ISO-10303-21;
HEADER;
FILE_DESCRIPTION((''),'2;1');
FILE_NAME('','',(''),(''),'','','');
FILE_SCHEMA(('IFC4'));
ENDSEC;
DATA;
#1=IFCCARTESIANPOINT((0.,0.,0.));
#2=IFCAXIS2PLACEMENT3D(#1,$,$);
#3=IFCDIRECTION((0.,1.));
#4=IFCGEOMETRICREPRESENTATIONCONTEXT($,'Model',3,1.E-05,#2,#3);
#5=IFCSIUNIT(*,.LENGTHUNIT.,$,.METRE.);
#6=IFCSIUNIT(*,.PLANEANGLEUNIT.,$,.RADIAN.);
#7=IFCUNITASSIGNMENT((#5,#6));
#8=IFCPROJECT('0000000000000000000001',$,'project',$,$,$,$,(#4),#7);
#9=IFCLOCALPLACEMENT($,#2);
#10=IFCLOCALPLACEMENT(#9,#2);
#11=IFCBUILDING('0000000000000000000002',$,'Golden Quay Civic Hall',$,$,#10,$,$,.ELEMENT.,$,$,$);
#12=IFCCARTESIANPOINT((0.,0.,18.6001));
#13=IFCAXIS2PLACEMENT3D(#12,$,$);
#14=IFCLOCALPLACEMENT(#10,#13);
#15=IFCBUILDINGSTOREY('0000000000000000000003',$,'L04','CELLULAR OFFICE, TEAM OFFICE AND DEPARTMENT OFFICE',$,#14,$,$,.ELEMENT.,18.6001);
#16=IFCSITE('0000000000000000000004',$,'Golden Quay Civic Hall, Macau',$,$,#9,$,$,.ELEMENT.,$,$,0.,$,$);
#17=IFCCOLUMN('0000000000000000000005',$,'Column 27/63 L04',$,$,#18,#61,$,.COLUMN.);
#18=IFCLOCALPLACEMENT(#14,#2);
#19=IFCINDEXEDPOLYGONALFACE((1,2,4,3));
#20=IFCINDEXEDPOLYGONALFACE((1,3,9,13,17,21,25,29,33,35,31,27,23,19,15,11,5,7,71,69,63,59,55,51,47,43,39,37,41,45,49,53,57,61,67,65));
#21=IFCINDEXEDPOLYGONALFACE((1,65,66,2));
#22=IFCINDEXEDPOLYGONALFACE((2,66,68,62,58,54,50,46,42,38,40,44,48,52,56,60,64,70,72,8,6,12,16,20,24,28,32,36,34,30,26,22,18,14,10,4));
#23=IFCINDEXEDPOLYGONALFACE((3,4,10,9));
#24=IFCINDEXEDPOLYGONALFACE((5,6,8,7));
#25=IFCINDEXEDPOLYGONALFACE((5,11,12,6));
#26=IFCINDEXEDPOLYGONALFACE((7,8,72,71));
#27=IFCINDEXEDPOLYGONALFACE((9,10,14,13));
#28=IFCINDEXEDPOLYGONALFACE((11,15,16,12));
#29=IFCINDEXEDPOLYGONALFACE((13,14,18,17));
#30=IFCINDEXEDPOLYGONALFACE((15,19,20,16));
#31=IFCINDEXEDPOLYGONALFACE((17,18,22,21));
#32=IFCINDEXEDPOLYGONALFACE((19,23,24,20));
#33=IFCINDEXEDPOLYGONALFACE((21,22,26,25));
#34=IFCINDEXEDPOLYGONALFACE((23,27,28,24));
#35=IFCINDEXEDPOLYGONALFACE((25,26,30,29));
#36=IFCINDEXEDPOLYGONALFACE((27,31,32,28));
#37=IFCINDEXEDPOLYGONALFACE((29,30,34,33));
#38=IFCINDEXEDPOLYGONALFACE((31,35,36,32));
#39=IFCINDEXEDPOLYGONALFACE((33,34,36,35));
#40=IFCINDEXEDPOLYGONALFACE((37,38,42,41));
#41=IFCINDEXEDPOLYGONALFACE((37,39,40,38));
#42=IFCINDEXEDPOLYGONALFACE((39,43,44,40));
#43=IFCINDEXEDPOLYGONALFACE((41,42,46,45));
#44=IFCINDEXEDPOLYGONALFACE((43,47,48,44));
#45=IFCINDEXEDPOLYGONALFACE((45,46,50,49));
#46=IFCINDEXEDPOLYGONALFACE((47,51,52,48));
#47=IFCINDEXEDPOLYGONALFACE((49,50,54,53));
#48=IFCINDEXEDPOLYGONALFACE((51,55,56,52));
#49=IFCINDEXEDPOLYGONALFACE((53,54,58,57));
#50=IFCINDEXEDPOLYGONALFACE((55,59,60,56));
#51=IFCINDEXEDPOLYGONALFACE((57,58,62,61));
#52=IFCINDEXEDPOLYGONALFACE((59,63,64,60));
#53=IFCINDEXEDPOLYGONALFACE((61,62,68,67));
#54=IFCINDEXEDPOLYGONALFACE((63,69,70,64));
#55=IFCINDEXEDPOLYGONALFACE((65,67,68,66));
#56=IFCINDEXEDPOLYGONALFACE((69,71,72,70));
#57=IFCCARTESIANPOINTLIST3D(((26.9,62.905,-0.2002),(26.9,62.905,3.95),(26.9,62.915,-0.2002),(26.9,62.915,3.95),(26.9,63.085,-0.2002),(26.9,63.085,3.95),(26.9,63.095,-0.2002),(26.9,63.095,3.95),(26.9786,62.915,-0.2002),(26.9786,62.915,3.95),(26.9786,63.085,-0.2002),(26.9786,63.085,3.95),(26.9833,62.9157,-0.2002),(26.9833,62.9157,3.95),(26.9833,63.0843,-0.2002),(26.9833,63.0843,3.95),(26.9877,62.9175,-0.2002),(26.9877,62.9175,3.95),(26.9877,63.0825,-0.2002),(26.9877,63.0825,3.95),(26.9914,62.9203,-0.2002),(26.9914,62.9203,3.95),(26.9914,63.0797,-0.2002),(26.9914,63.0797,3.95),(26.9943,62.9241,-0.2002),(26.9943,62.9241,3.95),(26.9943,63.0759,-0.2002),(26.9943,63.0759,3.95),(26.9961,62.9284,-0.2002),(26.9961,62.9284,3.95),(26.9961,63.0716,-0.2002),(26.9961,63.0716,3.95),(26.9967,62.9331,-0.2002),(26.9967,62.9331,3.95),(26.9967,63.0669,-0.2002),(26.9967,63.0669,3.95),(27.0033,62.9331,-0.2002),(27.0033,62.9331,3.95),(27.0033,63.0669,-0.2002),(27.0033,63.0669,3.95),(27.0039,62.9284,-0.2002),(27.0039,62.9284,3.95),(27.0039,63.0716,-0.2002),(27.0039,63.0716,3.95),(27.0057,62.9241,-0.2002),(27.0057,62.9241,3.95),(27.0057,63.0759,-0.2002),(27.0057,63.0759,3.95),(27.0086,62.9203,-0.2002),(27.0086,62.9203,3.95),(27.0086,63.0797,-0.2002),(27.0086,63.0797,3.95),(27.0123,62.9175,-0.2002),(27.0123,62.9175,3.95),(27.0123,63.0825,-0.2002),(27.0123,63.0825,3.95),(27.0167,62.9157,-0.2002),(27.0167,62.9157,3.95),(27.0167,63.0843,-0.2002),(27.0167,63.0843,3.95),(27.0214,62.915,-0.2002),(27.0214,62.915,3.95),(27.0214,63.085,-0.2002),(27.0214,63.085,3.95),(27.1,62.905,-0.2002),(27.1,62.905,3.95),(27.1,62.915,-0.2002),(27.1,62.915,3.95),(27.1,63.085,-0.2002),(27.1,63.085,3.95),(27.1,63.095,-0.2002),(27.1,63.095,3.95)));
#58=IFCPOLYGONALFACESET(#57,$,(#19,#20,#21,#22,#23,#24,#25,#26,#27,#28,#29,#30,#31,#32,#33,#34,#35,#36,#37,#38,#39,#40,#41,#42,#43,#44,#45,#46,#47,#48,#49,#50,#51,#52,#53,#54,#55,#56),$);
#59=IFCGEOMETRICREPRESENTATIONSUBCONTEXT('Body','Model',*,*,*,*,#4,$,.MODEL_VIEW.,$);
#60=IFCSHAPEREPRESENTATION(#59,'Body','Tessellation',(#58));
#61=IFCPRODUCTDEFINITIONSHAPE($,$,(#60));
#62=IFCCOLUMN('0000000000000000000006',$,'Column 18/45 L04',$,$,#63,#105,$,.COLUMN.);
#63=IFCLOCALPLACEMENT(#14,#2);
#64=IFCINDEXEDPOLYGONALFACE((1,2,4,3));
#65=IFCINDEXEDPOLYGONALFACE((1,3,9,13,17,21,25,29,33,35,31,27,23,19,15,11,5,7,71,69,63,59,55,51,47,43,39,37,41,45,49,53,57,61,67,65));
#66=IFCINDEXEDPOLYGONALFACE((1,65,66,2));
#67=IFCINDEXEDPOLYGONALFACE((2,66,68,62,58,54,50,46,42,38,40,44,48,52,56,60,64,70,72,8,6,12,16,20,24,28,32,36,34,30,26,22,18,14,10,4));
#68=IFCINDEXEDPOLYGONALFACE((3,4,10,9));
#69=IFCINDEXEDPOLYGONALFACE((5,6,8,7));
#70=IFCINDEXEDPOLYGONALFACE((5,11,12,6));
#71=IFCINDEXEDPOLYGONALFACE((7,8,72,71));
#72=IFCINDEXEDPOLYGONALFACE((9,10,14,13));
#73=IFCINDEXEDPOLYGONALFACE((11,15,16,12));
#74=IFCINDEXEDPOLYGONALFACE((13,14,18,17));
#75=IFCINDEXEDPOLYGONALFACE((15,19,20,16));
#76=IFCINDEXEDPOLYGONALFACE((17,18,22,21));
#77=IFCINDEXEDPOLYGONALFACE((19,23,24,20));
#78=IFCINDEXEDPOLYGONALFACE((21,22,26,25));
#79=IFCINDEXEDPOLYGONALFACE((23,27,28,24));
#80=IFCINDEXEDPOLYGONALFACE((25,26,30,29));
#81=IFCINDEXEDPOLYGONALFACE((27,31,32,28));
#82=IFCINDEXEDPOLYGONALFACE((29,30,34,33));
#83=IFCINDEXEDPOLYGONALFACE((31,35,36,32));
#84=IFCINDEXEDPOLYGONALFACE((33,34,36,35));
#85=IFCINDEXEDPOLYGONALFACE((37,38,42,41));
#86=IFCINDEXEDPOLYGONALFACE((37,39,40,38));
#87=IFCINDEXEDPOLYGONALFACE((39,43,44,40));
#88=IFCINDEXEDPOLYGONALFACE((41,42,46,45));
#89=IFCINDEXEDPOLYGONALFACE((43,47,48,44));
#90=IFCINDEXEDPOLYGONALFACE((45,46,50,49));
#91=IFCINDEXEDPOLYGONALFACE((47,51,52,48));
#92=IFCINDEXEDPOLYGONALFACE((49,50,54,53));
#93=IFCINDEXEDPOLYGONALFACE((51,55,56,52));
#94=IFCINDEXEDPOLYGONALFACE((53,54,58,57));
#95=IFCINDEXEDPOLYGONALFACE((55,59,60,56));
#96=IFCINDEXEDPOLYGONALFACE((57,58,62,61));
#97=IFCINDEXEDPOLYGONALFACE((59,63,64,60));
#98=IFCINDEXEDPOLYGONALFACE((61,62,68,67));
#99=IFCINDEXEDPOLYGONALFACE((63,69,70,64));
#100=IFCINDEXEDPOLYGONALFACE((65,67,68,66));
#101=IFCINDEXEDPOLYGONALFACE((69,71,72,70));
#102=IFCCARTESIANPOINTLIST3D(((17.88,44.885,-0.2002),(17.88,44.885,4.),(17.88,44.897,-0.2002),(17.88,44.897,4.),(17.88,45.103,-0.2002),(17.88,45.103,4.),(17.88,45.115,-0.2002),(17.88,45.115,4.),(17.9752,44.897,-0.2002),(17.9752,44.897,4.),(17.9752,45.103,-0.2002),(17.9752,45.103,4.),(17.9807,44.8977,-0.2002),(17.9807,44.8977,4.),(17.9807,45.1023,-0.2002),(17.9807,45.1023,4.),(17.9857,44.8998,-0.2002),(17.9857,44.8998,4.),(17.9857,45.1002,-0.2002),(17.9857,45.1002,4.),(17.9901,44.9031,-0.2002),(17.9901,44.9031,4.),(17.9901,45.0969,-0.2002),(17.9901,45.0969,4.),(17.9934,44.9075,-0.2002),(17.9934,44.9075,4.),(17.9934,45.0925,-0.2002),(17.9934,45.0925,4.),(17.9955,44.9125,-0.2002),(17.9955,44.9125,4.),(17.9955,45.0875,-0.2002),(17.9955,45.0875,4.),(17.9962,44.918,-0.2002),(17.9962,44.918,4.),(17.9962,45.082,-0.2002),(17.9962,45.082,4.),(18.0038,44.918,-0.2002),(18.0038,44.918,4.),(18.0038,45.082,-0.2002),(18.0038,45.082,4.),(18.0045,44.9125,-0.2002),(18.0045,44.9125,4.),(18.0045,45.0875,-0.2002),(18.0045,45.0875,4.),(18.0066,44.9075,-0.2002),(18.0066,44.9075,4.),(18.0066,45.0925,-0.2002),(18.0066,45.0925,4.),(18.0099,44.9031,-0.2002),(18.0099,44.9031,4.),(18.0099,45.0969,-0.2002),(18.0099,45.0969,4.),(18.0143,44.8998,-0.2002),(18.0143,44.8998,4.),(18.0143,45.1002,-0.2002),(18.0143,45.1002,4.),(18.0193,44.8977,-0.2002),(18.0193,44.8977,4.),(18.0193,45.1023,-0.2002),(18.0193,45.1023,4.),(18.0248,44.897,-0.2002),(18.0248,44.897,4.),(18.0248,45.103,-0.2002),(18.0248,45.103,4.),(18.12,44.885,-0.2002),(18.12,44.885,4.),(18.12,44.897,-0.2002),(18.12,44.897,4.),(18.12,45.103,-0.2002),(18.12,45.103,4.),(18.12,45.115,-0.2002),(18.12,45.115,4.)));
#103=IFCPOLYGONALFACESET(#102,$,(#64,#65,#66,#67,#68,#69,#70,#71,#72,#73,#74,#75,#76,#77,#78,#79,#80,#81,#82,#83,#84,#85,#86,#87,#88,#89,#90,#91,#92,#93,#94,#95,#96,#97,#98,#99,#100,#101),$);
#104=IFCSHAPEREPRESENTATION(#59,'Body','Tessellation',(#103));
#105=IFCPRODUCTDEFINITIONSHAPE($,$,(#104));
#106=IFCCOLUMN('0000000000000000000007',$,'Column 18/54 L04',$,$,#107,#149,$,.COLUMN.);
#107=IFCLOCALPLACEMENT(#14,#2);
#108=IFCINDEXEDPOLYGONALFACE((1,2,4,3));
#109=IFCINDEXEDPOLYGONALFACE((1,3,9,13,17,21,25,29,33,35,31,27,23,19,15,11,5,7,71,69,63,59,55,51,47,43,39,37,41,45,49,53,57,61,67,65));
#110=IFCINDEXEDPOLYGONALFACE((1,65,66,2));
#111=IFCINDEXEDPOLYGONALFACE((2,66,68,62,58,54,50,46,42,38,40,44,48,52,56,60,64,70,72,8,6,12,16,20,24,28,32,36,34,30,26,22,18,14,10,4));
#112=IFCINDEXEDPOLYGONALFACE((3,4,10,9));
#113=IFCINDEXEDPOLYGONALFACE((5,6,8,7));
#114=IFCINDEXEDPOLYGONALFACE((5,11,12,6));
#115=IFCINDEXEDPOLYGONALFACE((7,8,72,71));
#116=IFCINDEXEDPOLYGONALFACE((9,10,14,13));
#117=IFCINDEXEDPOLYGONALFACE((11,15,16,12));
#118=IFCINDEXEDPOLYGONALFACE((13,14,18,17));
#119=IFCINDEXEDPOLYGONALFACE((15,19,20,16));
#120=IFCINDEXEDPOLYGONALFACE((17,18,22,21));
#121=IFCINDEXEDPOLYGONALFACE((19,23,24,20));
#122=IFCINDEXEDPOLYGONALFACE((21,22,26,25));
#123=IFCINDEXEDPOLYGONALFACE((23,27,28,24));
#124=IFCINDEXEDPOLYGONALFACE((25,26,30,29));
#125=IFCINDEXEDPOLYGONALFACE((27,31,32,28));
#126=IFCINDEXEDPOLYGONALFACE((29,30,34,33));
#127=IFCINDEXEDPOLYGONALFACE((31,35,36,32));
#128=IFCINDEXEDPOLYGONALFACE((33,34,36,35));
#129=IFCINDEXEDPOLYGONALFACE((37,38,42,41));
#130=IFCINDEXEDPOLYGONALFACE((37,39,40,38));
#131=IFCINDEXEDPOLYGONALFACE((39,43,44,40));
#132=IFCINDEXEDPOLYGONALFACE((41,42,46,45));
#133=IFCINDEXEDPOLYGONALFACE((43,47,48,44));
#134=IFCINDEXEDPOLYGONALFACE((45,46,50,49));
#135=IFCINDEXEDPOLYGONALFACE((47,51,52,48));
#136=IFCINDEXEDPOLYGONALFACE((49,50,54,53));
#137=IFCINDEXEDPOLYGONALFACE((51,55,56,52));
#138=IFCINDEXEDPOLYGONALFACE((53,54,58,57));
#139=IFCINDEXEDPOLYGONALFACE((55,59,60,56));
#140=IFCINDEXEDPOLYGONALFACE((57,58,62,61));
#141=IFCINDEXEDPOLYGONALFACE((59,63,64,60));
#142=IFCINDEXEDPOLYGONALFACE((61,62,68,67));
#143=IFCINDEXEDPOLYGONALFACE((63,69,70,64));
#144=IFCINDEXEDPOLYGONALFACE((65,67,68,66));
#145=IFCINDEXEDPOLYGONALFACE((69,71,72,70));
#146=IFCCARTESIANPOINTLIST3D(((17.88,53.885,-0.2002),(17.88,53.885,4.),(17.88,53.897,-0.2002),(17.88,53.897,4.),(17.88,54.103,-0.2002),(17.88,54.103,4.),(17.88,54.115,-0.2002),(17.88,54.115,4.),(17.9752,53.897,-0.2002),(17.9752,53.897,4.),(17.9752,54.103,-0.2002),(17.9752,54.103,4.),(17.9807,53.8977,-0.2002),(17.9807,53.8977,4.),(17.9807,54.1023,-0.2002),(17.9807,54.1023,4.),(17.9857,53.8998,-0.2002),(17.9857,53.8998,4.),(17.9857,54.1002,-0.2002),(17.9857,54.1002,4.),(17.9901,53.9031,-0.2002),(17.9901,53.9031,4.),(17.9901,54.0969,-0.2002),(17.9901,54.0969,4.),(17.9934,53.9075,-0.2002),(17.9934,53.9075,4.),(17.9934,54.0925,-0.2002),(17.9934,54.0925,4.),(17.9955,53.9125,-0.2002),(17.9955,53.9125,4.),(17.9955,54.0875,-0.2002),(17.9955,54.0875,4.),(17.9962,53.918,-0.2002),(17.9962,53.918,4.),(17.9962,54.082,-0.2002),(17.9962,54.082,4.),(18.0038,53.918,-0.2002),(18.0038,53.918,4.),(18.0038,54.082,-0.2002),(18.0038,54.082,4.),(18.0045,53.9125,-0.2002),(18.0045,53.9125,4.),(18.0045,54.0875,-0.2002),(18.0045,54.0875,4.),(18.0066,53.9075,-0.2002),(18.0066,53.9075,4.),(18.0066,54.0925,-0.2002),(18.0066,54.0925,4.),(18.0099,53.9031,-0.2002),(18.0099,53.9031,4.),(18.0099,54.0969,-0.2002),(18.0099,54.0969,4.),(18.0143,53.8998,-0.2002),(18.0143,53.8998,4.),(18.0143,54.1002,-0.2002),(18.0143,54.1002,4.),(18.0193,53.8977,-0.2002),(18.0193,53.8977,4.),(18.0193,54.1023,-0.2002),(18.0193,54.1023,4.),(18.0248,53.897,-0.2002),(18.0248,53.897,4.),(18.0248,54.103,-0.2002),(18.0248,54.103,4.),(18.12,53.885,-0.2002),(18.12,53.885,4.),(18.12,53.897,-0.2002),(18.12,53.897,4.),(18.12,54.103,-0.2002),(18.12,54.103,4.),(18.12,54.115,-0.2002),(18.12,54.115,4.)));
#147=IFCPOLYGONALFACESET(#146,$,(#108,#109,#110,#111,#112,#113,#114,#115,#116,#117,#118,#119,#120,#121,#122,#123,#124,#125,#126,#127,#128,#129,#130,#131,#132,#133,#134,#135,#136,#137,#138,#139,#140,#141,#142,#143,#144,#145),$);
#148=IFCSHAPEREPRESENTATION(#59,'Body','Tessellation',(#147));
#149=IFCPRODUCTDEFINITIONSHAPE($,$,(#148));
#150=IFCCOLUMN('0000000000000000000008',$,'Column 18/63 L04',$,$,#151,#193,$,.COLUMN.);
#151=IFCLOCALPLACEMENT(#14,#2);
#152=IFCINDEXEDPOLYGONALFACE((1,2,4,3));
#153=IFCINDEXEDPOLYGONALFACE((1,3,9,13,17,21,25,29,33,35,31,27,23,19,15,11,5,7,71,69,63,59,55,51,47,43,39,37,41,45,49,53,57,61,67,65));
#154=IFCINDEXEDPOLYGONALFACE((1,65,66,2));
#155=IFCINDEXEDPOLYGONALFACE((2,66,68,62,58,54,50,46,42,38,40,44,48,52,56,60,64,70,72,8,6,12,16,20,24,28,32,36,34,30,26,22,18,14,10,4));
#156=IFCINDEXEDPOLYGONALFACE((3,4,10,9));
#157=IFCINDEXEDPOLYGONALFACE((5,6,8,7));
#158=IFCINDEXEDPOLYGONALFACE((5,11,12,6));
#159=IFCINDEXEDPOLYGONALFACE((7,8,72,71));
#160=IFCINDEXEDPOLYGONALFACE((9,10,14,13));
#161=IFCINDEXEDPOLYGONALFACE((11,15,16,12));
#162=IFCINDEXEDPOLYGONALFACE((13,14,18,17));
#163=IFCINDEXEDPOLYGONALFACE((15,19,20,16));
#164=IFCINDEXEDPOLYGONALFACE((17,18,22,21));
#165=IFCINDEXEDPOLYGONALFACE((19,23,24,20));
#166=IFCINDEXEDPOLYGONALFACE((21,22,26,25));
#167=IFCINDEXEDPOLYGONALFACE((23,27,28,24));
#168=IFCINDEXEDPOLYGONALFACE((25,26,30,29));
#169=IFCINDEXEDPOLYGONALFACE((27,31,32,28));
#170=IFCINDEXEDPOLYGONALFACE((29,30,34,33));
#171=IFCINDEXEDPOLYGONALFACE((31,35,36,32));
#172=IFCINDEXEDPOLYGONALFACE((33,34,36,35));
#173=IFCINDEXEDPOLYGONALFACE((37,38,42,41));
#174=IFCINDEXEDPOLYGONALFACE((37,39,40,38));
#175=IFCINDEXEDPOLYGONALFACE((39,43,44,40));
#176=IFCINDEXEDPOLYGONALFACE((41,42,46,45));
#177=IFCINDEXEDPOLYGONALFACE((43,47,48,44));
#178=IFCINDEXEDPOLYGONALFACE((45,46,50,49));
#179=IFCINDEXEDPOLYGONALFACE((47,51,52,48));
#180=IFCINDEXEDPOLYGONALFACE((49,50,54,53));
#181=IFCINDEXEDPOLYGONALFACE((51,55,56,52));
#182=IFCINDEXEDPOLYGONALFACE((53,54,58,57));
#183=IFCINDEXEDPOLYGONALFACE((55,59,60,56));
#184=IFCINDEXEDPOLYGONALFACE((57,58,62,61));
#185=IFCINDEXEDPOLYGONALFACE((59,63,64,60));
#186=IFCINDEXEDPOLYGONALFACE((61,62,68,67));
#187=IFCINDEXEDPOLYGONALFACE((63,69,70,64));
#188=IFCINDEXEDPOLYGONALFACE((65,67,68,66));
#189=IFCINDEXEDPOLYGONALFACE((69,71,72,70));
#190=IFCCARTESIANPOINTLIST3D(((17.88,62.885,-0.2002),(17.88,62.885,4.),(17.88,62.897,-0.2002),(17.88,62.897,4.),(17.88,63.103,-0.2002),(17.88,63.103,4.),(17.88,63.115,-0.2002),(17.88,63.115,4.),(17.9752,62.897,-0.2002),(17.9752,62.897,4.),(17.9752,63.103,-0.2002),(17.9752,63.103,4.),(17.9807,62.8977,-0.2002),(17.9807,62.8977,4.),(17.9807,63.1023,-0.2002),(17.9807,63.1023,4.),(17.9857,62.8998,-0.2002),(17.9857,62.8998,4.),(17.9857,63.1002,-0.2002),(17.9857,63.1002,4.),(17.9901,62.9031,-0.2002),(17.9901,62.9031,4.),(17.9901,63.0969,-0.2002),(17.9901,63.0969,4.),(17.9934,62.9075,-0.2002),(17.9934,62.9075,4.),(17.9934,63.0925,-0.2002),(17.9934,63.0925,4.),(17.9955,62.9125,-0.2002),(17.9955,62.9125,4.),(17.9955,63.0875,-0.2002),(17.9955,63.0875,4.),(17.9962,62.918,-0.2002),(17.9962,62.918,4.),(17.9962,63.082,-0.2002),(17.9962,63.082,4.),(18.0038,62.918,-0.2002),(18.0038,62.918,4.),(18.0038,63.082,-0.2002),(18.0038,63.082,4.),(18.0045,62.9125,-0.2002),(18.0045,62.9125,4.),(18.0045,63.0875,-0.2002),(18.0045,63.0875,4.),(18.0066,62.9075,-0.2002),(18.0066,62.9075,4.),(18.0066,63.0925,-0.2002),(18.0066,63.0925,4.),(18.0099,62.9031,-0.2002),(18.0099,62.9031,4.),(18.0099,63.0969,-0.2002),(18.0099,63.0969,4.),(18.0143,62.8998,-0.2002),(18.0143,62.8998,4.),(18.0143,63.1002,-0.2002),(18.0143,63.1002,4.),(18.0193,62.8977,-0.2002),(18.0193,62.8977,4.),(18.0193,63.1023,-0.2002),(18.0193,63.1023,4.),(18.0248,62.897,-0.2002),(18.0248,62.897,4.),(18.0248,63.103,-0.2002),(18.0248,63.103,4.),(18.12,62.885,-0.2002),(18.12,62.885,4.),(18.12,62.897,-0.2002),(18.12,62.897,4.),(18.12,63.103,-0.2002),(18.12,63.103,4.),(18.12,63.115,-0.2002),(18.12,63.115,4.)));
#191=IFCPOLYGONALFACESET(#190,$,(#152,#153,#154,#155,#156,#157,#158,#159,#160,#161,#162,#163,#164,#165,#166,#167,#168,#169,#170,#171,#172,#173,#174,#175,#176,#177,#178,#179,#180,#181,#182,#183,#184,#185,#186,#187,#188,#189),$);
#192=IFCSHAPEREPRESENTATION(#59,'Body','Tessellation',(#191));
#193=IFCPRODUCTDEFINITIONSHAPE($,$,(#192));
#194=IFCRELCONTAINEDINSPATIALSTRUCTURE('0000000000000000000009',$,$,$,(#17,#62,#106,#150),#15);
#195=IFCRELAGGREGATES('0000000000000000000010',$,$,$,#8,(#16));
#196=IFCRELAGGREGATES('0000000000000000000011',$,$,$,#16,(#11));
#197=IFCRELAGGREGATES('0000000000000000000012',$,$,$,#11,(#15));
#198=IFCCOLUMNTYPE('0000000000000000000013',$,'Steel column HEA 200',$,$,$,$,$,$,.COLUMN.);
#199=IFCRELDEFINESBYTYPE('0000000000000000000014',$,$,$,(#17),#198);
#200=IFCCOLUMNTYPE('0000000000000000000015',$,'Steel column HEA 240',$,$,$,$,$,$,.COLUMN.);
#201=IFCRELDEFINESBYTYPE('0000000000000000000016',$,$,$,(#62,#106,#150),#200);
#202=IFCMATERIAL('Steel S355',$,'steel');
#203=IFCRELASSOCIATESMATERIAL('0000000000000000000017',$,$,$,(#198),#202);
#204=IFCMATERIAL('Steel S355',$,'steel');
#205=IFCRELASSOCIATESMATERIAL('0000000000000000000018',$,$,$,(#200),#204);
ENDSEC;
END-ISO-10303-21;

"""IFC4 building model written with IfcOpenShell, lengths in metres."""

from ifc_helpers import new_model, si_unit, direction, frame, origin, origin_2d, place, context, subcontext, project, spatial, i_section, extrude, material, material_profile, profile_set, type_object, element, save


model = new_model("IFC4")

# Units and contexts
model_context = context("Model", 3, precision=1e-05, world=origin(), true_north=direction((0.0, 1.0)))
body_context = subcontext(model_context, "Body", "Model", "MODEL_VIEW")
ifc_project = project(units=[si_unit("LENGTHUNIT", "METRE"), si_unit("PLANEANGLEUNIT", "RADIAN")], contexts=[model_context])

# Site, building, storey
site_placement = place(None, origin())
site = spatial("IfcSite", under=ifc_project, at=site_placement, Name="Golden Quay Civic Hall, Macau", CompositionType="ELEMENT", RefElevation=0.0)
building_placement = place(site_placement, origin())
building = spatial("IfcBuilding", under=site, at=building_placement, Name="Golden Quay Civic Hall", CompositionType="ELEMENT")
storey_placement = place(building_placement, frame((0.0, 0.0, 18.6001)))
storey = spatial("IfcBuildingStorey", under=building, at=storey_placement, Name="L04", Description="CELLULAR OFFICE, TEAM OFFICE AND DEPARTMENT OFFICE", CompositionType="ELEMENT", Elevation=18.6001)

# Columns
ifc_material_1 = material(Name="Steel S355", Category="steel")
ifc_material_profile_1 = material_profile(ifc_material_1, i_section(OverallWidth=0.2, OverallDepth=0.1899, WebThickness=0.0066, FlangeThickness=0.01, FilletRadius=0.0181, at=origin_2d()), Name="HEA 200")
ifc_profile_set_1 = profile_set([ifc_material_profile_1], Name="Steel S355")
column_type_1 = type_object("IfcColumnType", Name="Steel column HEA 200", PredefinedType="COLUMN", material=ifc_profile_set_1)
column_placement = place(storey_placement, frame((27.0, 63.0, -0.2002), z_axis=(0.0, 0.0, 1.0), x_axis=(1.0, 0.0, 0.0)))
element("IfcColumn", 1, at=column_placement, inside=storey, type_object=column_type_1, Name="Column 27/63 L04", PredefinedType="COLUMN", context=body_context, shape_type="SweptSolid", body=[
    extrude(i_section(OverallWidth=0.2, OverallDepth=0.1899, WebThickness=0.0066, FlangeThickness=0.01, FilletRadius=0.0181, at=origin_2d()), origin(), (0.0, 0.0, 1.0), 4.1501),
])
ifc_material_2 = material(Name="Steel S355", Category="steel")
ifc_material_profile_2 = material_profile(ifc_material_2, i_section(OverallWidth=0.24, OverallDepth=0.23, WebThickness=0.0076, FlangeThickness=0.012, FilletRadius=0.021, at=origin_2d()), Name="HEA 240")
ifc_profile_set_2 = profile_set([ifc_material_profile_2], Name="Steel S355")
column_type_2 = type_object("IfcColumnType", Name="Steel column HEA 240", PredefinedType="COLUMN", material=ifc_profile_set_2)
for number, where, z_axis, x_axis, name in (
    (2, (18.0, 45.0, -0.2002), (0.0, 0.0, 1.0), (1.0, 0.0, 0.0), "Column 18/45 L04"),
    (3, (18.0, 54.0, -0.2002), (0.0, 0.0, 1.0), (1.0, 0.0, 0.0), "Column 18/54 L04"),
    (4, (18.0, 63.0, -0.2002), (0.0, 0.0, 1.0), (1.0, 0.0, 0.0), "Column 18/63 L04"),
):
    element("IfcColumn", number, at=place(storey_placement, frame(where, z_axis=z_axis, x_axis=x_axis)), inside=storey, type_object=column_type_2, Name=name, PredefinedType="COLUMN", context=body_context, shape_type="SweptSolid", body=[
        extrude(i_section(OverallWidth=0.24, OverallDepth=0.23, WebThickness=0.0076, FlangeThickness=0.012, FilletRadius=0.021, at=origin_2d()), origin(), (0.0, 0.0, 1.0), 4.2002),
    ])

save(model, "model.ifc")
